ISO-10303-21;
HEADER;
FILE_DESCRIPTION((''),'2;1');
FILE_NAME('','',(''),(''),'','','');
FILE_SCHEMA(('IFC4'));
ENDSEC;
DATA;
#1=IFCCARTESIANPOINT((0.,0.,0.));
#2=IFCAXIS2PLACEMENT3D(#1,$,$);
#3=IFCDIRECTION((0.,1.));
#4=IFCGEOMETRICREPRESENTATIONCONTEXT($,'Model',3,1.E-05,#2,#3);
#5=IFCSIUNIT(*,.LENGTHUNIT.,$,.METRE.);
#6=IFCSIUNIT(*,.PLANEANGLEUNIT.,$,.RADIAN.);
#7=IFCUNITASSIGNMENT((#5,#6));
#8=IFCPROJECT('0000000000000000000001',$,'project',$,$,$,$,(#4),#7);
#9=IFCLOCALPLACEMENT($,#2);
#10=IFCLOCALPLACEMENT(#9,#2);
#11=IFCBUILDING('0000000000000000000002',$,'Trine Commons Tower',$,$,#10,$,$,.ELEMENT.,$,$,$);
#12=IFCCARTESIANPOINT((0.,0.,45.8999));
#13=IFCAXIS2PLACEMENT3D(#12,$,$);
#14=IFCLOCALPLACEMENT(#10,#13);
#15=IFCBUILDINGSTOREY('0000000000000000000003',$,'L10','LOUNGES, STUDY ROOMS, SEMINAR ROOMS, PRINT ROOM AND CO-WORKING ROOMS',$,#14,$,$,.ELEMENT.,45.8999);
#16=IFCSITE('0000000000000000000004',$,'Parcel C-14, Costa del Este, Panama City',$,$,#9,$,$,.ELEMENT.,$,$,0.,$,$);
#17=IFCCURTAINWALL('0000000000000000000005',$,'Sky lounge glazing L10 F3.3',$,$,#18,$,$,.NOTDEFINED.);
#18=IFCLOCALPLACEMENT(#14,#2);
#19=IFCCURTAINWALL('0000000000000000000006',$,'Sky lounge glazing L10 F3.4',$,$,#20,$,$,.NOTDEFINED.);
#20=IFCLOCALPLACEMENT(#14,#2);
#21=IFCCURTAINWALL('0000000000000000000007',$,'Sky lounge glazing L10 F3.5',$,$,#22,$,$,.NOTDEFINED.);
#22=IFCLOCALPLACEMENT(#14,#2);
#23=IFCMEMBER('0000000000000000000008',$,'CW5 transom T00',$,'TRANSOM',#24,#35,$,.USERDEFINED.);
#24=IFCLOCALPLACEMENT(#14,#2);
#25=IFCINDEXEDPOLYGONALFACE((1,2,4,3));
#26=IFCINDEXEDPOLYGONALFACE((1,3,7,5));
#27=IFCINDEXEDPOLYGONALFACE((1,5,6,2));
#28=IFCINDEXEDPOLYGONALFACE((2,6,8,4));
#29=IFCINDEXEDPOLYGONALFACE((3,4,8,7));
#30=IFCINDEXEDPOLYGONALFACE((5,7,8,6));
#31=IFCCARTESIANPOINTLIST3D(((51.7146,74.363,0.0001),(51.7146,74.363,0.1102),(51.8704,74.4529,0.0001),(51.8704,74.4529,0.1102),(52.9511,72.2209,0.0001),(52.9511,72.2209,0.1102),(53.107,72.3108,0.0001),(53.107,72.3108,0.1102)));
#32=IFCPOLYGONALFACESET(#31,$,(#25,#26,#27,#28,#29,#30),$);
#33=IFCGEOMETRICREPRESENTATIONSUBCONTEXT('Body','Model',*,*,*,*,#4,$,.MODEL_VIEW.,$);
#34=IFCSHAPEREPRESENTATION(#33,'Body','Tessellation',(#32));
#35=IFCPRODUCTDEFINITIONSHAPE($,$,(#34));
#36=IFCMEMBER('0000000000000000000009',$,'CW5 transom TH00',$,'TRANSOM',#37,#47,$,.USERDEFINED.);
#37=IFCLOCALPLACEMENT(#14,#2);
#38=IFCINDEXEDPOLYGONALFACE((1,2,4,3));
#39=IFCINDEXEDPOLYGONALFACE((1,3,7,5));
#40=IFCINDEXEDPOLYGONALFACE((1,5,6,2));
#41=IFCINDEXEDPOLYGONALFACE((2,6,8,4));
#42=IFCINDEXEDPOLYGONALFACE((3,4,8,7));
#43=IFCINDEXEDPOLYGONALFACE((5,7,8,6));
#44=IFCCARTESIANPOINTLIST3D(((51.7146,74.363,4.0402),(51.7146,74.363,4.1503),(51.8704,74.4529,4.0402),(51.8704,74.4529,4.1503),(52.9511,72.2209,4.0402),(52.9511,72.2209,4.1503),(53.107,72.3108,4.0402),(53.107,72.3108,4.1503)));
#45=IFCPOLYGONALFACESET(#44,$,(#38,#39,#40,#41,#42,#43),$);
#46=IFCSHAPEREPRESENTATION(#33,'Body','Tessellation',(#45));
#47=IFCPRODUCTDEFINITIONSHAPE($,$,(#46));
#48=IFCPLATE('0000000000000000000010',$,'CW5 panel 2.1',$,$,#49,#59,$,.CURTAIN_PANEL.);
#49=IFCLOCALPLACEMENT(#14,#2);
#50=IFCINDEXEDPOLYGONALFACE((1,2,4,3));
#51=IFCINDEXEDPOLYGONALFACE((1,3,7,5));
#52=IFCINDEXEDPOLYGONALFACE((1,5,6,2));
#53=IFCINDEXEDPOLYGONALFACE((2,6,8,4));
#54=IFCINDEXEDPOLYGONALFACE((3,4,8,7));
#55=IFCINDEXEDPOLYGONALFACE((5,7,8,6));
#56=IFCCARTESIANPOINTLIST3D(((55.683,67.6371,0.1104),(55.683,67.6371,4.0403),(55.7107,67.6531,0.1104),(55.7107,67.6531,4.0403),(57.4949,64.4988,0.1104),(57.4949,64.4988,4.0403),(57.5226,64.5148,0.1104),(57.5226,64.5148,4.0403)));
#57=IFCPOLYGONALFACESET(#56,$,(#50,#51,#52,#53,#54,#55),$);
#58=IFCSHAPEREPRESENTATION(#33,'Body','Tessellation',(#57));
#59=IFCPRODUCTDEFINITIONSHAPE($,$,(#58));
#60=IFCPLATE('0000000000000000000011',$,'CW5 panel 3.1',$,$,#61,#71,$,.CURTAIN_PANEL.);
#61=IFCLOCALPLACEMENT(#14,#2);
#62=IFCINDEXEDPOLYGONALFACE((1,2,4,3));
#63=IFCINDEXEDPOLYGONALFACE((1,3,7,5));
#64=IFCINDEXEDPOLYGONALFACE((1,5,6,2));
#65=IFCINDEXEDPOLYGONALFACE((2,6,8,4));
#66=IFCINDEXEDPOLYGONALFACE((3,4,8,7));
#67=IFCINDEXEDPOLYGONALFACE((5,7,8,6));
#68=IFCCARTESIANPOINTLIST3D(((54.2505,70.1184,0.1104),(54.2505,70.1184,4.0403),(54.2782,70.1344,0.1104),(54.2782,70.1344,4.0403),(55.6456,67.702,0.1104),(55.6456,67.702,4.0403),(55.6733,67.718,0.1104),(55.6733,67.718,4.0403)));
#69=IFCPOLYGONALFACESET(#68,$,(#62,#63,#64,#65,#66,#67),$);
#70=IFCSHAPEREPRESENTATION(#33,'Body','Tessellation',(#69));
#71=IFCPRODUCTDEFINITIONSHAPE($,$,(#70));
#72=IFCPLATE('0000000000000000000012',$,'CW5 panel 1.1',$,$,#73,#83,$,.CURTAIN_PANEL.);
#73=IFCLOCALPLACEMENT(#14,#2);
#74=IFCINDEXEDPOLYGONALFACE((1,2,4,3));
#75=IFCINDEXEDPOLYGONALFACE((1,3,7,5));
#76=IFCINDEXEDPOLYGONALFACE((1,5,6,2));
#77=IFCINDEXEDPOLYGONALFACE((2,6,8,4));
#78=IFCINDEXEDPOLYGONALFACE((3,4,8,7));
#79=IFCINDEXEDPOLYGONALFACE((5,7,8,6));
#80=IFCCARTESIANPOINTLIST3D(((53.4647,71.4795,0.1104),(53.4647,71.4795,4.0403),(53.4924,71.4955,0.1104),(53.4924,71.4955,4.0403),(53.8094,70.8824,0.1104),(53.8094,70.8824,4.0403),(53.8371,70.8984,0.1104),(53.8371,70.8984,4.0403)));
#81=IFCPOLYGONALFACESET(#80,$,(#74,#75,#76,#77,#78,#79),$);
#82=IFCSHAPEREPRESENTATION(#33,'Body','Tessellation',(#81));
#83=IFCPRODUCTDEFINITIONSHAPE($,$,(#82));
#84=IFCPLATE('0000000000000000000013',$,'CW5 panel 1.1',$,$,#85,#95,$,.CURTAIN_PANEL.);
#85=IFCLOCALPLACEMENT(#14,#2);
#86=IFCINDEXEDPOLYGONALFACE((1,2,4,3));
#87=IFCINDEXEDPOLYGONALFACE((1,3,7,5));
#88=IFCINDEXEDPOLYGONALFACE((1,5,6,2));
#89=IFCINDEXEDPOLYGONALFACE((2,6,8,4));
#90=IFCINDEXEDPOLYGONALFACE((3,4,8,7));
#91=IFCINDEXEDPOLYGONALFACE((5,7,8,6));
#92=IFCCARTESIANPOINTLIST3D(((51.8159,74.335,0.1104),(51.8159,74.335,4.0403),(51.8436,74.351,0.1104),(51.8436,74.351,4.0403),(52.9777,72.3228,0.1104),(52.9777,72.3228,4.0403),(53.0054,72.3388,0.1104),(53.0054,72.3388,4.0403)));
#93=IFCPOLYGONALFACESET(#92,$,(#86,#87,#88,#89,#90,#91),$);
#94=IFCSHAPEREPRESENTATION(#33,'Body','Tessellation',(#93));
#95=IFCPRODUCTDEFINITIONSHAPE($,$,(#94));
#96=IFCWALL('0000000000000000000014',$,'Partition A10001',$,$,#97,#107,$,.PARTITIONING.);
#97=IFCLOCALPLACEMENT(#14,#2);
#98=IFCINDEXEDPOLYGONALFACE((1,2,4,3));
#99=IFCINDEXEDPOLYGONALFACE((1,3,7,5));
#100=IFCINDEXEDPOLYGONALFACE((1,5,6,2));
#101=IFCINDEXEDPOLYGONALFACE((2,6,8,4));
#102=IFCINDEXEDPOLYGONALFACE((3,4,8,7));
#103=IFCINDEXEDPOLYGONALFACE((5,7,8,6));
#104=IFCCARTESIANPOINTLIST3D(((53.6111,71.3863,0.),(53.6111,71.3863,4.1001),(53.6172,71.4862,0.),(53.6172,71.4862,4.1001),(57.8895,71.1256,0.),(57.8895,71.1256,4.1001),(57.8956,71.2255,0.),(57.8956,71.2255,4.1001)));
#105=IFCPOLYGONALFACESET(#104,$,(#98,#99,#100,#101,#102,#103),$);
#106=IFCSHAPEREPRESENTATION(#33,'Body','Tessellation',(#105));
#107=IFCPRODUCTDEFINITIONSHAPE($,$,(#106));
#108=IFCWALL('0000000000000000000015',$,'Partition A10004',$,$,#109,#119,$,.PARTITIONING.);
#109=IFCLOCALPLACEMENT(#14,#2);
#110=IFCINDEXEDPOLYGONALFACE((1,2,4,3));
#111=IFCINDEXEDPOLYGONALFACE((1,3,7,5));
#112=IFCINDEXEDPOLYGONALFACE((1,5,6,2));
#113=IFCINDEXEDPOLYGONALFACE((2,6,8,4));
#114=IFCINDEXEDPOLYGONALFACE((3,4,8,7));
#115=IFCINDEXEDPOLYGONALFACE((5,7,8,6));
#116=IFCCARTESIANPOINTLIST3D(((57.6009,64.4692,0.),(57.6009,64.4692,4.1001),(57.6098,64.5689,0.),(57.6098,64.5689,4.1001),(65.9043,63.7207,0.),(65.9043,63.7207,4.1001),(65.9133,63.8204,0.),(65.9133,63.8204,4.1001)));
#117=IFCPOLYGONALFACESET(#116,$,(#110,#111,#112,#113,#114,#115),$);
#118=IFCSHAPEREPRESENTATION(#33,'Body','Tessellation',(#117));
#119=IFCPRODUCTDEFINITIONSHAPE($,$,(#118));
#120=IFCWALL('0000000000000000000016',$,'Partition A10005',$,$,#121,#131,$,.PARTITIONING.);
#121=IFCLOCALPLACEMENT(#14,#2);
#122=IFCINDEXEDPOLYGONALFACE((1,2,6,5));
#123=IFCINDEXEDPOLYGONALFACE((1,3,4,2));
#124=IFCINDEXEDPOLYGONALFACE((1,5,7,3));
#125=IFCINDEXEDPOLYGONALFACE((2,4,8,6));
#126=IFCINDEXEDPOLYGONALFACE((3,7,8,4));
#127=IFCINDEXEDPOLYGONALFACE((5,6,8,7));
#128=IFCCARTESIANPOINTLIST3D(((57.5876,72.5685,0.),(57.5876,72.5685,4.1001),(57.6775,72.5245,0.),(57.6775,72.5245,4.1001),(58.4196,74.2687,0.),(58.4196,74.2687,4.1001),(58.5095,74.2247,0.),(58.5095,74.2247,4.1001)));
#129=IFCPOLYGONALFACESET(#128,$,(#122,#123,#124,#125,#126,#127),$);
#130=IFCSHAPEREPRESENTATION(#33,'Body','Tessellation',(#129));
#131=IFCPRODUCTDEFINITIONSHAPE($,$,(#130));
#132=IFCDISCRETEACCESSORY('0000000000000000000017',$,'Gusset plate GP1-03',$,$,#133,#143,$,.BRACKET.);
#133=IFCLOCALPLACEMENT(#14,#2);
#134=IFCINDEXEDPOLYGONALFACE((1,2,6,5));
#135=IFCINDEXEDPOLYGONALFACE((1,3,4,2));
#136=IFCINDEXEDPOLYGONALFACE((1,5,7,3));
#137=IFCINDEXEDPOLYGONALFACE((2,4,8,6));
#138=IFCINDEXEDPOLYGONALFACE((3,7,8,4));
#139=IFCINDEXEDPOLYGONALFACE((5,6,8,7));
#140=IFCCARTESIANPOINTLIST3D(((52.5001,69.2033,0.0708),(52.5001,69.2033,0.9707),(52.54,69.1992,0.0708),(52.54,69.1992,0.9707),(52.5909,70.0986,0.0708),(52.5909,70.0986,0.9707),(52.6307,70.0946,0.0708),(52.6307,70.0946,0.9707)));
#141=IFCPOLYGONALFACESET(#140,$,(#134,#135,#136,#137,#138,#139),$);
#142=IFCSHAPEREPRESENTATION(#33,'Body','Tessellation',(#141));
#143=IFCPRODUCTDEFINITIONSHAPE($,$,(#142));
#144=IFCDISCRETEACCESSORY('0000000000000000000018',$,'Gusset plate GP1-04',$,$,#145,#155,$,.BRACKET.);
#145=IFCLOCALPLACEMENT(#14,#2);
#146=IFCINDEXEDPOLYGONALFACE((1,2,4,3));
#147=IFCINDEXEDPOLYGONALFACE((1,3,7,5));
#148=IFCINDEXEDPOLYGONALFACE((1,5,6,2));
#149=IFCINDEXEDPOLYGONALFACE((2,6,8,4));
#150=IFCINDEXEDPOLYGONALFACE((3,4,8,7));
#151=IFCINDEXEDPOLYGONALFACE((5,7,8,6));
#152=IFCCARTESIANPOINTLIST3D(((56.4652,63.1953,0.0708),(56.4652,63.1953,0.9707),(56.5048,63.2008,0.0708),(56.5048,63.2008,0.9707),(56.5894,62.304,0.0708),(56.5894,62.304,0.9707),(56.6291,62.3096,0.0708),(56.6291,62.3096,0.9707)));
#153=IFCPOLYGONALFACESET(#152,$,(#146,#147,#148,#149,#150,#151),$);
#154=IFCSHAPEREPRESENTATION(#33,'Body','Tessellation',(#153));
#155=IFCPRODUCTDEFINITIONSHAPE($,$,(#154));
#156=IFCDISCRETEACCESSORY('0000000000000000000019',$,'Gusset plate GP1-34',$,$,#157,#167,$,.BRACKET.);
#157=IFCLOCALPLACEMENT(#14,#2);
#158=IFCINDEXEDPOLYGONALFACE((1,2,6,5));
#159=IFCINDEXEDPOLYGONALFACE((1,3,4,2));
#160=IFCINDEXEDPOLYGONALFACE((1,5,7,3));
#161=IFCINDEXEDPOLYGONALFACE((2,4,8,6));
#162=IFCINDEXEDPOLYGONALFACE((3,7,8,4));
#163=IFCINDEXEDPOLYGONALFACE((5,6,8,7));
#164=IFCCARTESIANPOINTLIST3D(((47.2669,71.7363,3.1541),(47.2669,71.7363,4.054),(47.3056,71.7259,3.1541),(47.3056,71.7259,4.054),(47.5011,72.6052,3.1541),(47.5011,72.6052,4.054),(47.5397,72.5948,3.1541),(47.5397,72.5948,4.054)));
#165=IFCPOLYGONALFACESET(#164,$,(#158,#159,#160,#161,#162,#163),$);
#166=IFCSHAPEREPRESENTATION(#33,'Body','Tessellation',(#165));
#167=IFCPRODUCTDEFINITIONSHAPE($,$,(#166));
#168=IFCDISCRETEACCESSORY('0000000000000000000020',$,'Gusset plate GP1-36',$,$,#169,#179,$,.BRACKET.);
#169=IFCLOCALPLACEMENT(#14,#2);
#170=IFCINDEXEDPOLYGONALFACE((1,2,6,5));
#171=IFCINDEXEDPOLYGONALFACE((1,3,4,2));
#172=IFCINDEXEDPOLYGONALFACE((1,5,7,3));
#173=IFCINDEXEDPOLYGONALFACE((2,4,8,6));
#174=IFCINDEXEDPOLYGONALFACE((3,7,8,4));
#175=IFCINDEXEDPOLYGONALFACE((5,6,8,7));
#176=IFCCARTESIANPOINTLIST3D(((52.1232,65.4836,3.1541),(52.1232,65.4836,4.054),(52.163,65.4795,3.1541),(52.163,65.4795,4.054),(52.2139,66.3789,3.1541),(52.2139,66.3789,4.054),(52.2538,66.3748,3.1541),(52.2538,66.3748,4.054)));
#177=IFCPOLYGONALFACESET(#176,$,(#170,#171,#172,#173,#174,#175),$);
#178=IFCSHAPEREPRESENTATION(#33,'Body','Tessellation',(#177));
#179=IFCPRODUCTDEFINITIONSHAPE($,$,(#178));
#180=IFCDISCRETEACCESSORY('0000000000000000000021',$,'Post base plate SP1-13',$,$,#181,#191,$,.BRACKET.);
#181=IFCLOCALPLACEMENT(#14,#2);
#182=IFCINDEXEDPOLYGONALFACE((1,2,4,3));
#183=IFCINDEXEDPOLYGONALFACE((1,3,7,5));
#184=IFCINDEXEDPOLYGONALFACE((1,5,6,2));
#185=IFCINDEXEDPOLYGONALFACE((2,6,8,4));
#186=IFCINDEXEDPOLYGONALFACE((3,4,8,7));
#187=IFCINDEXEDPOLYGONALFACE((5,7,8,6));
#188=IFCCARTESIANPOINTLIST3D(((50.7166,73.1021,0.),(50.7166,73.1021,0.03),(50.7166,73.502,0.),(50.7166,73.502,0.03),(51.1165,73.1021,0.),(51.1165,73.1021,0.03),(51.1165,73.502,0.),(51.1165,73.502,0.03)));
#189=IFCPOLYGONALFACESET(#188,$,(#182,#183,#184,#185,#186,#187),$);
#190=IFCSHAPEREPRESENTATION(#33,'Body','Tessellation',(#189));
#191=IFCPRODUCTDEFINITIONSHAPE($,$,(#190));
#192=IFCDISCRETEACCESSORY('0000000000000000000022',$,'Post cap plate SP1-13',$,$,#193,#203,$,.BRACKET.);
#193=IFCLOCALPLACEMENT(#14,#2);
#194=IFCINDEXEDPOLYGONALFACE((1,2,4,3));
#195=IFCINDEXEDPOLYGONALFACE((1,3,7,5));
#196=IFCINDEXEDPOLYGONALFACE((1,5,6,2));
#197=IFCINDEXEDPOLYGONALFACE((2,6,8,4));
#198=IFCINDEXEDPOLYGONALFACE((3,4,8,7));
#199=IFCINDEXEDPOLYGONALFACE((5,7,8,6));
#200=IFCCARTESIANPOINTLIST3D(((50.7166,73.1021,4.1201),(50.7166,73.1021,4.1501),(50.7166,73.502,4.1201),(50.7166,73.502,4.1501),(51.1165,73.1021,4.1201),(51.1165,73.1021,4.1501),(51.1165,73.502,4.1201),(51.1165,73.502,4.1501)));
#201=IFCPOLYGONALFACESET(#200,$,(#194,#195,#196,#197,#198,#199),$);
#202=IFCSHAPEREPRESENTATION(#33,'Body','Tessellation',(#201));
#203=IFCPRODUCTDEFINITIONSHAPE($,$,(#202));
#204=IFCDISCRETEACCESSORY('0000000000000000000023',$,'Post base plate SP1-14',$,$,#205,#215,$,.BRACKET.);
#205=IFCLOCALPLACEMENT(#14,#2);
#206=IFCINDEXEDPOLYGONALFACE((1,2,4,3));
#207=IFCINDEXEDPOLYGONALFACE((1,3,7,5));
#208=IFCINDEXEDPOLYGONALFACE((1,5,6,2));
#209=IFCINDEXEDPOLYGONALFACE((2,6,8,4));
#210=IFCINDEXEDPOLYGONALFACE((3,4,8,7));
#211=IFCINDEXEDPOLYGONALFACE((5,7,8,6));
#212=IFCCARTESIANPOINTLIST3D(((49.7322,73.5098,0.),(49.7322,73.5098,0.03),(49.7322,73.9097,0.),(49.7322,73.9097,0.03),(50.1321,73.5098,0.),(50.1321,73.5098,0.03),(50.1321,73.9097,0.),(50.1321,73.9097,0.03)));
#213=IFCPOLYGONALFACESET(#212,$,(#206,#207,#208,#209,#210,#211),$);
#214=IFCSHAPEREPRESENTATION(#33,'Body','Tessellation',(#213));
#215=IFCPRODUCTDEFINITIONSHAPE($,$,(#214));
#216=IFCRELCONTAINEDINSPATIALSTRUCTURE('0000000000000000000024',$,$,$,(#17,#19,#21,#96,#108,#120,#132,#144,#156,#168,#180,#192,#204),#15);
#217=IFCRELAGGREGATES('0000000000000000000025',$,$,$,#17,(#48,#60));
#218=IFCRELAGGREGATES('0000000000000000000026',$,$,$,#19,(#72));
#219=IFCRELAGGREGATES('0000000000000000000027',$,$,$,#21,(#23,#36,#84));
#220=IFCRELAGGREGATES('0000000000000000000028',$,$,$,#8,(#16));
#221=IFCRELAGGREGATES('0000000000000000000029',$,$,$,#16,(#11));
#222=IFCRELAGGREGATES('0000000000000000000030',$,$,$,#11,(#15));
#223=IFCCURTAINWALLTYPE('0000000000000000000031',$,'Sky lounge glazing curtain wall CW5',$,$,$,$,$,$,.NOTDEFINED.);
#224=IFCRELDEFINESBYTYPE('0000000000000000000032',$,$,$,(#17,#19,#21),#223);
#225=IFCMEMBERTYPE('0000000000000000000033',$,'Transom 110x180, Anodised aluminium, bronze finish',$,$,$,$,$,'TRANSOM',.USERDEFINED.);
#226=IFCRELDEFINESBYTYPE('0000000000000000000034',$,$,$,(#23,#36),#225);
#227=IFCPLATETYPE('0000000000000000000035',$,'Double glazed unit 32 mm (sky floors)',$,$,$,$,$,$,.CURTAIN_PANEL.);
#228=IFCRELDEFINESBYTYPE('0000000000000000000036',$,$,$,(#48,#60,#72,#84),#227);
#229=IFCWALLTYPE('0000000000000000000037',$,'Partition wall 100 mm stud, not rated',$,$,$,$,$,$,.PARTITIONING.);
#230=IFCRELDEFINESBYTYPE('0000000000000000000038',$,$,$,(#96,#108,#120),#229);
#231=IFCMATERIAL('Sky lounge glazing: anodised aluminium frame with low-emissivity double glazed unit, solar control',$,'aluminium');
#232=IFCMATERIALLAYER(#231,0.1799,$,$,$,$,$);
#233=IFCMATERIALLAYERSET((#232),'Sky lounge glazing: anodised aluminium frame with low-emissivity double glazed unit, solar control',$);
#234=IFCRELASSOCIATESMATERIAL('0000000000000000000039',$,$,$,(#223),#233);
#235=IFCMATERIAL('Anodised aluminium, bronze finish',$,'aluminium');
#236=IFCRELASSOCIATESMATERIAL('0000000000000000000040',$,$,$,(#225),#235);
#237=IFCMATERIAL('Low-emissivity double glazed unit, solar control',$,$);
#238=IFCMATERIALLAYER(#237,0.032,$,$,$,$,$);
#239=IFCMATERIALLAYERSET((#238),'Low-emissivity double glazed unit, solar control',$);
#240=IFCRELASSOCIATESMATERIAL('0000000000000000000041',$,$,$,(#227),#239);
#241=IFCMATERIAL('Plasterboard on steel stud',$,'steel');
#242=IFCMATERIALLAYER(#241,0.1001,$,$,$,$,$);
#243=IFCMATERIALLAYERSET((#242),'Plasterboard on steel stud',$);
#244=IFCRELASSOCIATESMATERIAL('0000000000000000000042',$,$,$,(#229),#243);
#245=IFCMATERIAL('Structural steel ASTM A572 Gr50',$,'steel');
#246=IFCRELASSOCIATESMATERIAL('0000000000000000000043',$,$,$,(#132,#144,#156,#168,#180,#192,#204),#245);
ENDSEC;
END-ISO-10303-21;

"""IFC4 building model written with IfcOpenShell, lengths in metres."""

from ifc_helpers import new_model, si_unit, direction, frame, frame_2d, origin, origin_2d, place, context, subcontext, project, spatial, rectangle, extrude, material, layer, layer_set, material_profile, profile_set, type_object, element, aggregate, save


model = new_model("IFC4")

# Units and contexts
model_context = context("Model", 3, precision=1e-05, world=origin(), true_north=direction((0.0, 1.0)))
body_context = subcontext(model_context, "Body", "Model", "MODEL_VIEW")
ifc_project = project(units=[si_unit("LENGTHUNIT", "METRE"), si_unit("PLANEANGLEUNIT", "RADIAN")], contexts=[model_context])

# Site, building, storey
site_placement = place(None, origin())
site = spatial("IfcSite", under=ifc_project, at=site_placement, Name="Parcel C-14, Costa del Este, Panama City", CompositionType="ELEMENT", RefElevation=0.0)
building_placement = place(site_placement, origin())
building = spatial("IfcBuilding", under=site, at=building_placement, Name="Trine Commons Tower", CompositionType="ELEMENT")
storey_placement = place(building_placement, frame((0.0, 0.0, 45.8999)))
storey = spatial("IfcBuildingStorey", under=building, at=storey_placement, Name="L10", Description="LOUNGES, STUDY ROOMS, SEMINAR ROOMS, PRINT ROOM AND CO-WORKING ROOMS", CompositionType="ELEMENT", Elevation=45.8999)

# Shared definitions
ifc_material_1 = material(Name="Sky lounge glazing: anodised aluminium frame with low-emissivity double glazed unit, solar control", Category="aluminium")
ifc_layer_1 = layer(ifc_material_1, 0.1799)
ifc_layer_set_1 = layer_set([ifc_layer_1], Name="Sky lounge glazing: anodised aluminium frame with low-emissivity double glazed unit, solar control")
curtain_wall_type = type_object("IfcCurtainWallType", Name="Sky lounge glazing curtain wall CW5", PredefinedType="NOTDEFINED", material=ifc_layer_set_1)
ifc_material_2 = material(Name="Anodised aluminium, bronze finish", Category="aluminium")

# Curtain walls
curtain_wall_1_placement = place(storey_placement, origin())
curtain_wall_1 = element("IfcCurtainWall", 1, at=curtain_wall_1_placement, inside=storey, type_object=curtain_wall_type, Name="Sky lounge glazing L10 F3.3", PredefinedType="NOTDEFINED")
curtain_wall_2_placement = place(storey_placement, origin())
curtain_wall_2 = element("IfcCurtainWall", 2, at=curtain_wall_2_placement, inside=storey, type_object=curtain_wall_type, Name="Sky lounge glazing L10 F3.4", PredefinedType="NOTDEFINED")

# Curtain wall
curtain_wall_3_placement = place(storey_placement, origin())
curtain_wall_3 = element("IfcCurtainWall", 3, at=curtain_wall_3_placement, inside=storey, type_object=curtain_wall_type, Name="Sky lounge glazing L10 F3.5", PredefinedType="NOTDEFINED")

# Members
ifc_material_profile_1 = material_profile(ifc_material_2, rectangle(XDim=0.1799, YDim=0.1101, at=origin_2d()), Name="Transom 110x180")
ifc_profile_set_1 = profile_set([ifc_material_profile_1], Name="Anodised aluminium, bronze finish")
member_type_1 = type_object("IfcMemberType", Name="Transom 110x180, Anodised aluminium, bronze finish", ElementType="TRANSOM", PredefinedType="USERDEFINED", material=ifc_profile_set_1)
member_1_placement = place(storey_placement, frame((53.0291, 72.2659, 0.0552), z_axis=(-0.49995, 0.866054, 0.0), x_axis=(-0.866054, -0.49995, 0.0)))
member_1 = element("IfcMember", 4, at=member_1_placement, type_object=member_type_1, Name="CW5 transom T00", ObjectType="TRANSOM", PredefinedType="USERDEFINED", context=body_context, shape_type="SweptSolid", body=[
    extrude(rectangle(XDim=0.1799, YDim=0.1101, at=origin_2d()), origin(), (0.0, 0.0, 1.0), 2.4734),
])
member_2_placement = place(storey_placement, frame((53.0291, 72.2659, 4.0952), z_axis=(-0.49995, 0.866054, 0.0), x_axis=(-0.866054, -0.49995, 0.0)))
member_2 = element("IfcMember", 5, at=member_2_placement, type_object=member_type_1, Name="CW5 transom TH00", ObjectType="TRANSOM", PredefinedType="USERDEFINED", context=body_context, shape_type="SweptSolid", body=[
    extrude(rectangle(XDim=0.1799, YDim=0.1101, at=origin_2d()), origin(), (0.0, 0.0, 1.0), 2.4734),
])

# Plates
ifc_material_3 = material(Name="Low-emissivity double glazed unit, solar control")
ifc_layer_2 = layer(ifc_material_3, 0.032)
ifc_layer_set_2 = layer_set([ifc_layer_2], Name="Low-emissivity double glazed unit, solar control")
plate_type = type_object("IfcPlateType", Name="Double glazed unit 32 mm (sky floors)", PredefinedType="CURTAIN_PANEL", material=ifc_layer_set_2)
plate_1_placement = place(storey_placement, frame((56.6028, 66.0759, 0.1104), z_axis=(0.0, 0.0, 1.0), x_axis=(-0.5, 0.866025, 0.0)))
plate_1 = element("IfcPlate", 6, at=plate_1_placement, type_object=plate_type, Name="CW5 panel 2.1", PredefinedType="CURTAIN_PANEL", context=body_context, shape_type="SweptSolid", body=[
    extrude(rectangle(XDim=3.6238, YDim=0.032, at=origin_2d()), origin(), (0.0, 0.0, 1.0), 3.9299),
])
plate_2_placement = place(storey_placement, frame((54.9619, 68.9182, 0.1104), z_axis=(0.0, 0.0, 1.0), x_axis=(-0.5, 0.866025, 0.0)))
plate_2 = element("IfcPlate", 7, at=plate_2_placement, type_object=plate_type, Name="CW5 panel 3.1", PredefinedType="CURTAIN_PANEL", context=body_context, shape_type="SweptSolid", body=[
    extrude(rectangle(XDim=2.7903, YDim=0.032, at=origin_2d()), origin(), (0.0, 0.0, 1.0), 3.9299),
])
aggregate(curtain_wall_1, [plate_1, plate_2])
plate_3_placement = place(storey_placement, frame((53.6509, 71.189, 0.1104), z_axis=(0.0, 0.0, 1.0), x_axis=(-0.5, 0.866025, 0.0)))
plate_3 = element("IfcPlate", 8, at=plate_3_placement, type_object=plate_type, Name="CW5 panel 1.1", PredefinedType="CURTAIN_PANEL", context=body_context, shape_type="SweptSolid", body=[
    extrude(rectangle(XDim=0.6895, YDim=0.032, at=origin_2d()), origin(), (0.0, 0.0, 1.0), 3.9299),
])
aggregate(curtain_wall_2, [plate_3])
plate_4_placement = place(storey_placement, frame((52.4106, 73.3369, 0.1104), z_axis=(0.0, 0.0, 1.0), x_axis=(-0.5, 0.866025, 0.0)))
plate_4 = element("IfcPlate", 9, at=plate_4_placement, type_object=plate_type, Name="CW5 panel 1.1", PredefinedType="CURTAIN_PANEL", context=body_context, shape_type="SweptSolid", body=[
    extrude(rectangle(XDim=2.3235, YDim=0.032, at=origin_2d()), origin(), (0.0, 0.0, 1.0), 3.9299),
])
aggregate(curtain_wall_3, [member_1, member_2, plate_4])

# Walls
ifc_material_4 = material(Name="Plasterboard on steel stud", Category="steel")
ifc_layer_3 = layer(ifc_material_4, 0.1001)
ifc_layer_set_3 = layer_set([ifc_layer_3], Name="Plasterboard on steel stud")
wall_type_1 = type_object("IfcWallType", Name="Partition wall 100 mm stud, not rated", PredefinedType="PARTITIONING", material=ifc_layer_set_3)
wall_1_placement = place(storey_placement, frame((53.6143, 71.4363, 0.0), z_axis=(0.0, 0.0, 1.0), x_axis=(0.998148, -0.060832, 0.0)))
element("IfcWall", 10, at=wall_1_placement, inside=storey, type_object=wall_type_1, Name="Partition A10001", PredefinedType="PARTITIONING", context=body_context, shape_type="SweptSolid", body=[
    extrude(rectangle(XDim=4.2864, YDim=0.1001, at=frame_2d((2.1431, 0.0))), origin(), (0.0, 0.0, 1.0), 4.1001),
])
wall_2_placement = place(storey_placement, frame((57.6055, 64.519, 0.0), z_axis=(0.0, 0.0, 1.0), x_axis=(0.995961, -0.089783, 0.0)))
element("IfcWall", 11, at=wall_2_placement, inside=storey, type_object=wall_type_1, Name="Partition A10004", PredefinedType="PARTITIONING", context=body_context, shape_type="SweptSolid", body=[
    extrude(rectangle(XDim=8.3372, YDim=0.1001, at=frame_2d((4.1685, 0.0))), origin(), (0.0, 0.0, 1.0), 4.1001),
])
wall_3_placement = place(storey_placement, frame((57.6326, 72.5466, 0.0), z_axis=(0.0, 0.0, 1.0), x_axis=(0.439562, 0.898212, 0.0)))
element("IfcWall", 12, at=wall_3_placement, inside=storey, type_object=wall_type_1, Name="Partition A10005", PredefinedType="PARTITIONING", context=body_context, shape_type="SweptSolid", body=[
    extrude(rectangle(XDim=1.8928, YDim=0.1001, at=frame_2d((0.9463, 0.0))), origin(), (0.0, 0.0, 1.0), 4.1001),
])

# Discrete accessories
ifc_material_5 = material(Name="Structural steel ASTM A572 Gr50", Category="steel")
for number, where, z_axis, x_axis, name in (
    (13, (52.5654, 69.6489, 0.0708), (0.0, 0.0, 1.0), (-0.100831, -0.994904, 0.0), "Gusset plate GP1-03"),
    (14, (56.5471, 62.7524, 0.0708), (0.0, 0.0, 1.0), (0.138084, -0.99042, 0.0), "Gusset plate GP1-04"),
    (15, (47.4033, 72.1655, 3.1541), (0.0, 0.0, 1.0), (-0.260235, -0.965545, 0.0), "Gusset plate GP1-34"),
    (16, (52.1885, 65.9292, 3.1541), (0.0, 0.0, 1.0), (-0.100831, -0.994904, 0.0), "Gusset plate GP1-36"),
):
    element("IfcDiscreteAccessory", number, at=place(storey_placement, frame(where, z_axis=z_axis, x_axis=x_axis)), inside=storey, material=ifc_material_5, Name=name, PredefinedType="BRACKET", context=body_context, shape_type="SweptSolid", body=[
        extrude(rectangle(XDim=0.8999, YDim=0.04, at=origin_2d()), origin(), (0.0, 0.0, 1.0), 0.8999),
    ])
for number, where, z_axis, x_axis, name in (
    (17, (50.9165, 73.302, 0.0), (0.0, 0.0, 1.0), (1.0, 0.0, 0.0), "Post base plate SP1-13"),
    (18, (50.9165, 73.302, 4.1201), (0.0, 0.0, 1.0), (1.0, 0.0, 0.0), "Post cap plate SP1-13"),
    (19, (49.9321, 73.7097, 0.0), (0.0, 0.0, 1.0), (1.0, 0.0, 0.0), "Post base plate SP1-14"),
):
    element("IfcDiscreteAccessory", number, at=place(storey_placement, frame(where, z_axis=z_axis, x_axis=x_axis)), inside=storey, material=ifc_material_5, Name=name, PredefinedType="BRACKET", context=body_context, shape_type="SweptSolid", body=[
        extrude(rectangle(XDim=0.3999, YDim=0.3999, at=origin_2d()), origin(), (0.0, 0.0, 1.0), 0.03),
    ])

save(model, "model.ifc")
